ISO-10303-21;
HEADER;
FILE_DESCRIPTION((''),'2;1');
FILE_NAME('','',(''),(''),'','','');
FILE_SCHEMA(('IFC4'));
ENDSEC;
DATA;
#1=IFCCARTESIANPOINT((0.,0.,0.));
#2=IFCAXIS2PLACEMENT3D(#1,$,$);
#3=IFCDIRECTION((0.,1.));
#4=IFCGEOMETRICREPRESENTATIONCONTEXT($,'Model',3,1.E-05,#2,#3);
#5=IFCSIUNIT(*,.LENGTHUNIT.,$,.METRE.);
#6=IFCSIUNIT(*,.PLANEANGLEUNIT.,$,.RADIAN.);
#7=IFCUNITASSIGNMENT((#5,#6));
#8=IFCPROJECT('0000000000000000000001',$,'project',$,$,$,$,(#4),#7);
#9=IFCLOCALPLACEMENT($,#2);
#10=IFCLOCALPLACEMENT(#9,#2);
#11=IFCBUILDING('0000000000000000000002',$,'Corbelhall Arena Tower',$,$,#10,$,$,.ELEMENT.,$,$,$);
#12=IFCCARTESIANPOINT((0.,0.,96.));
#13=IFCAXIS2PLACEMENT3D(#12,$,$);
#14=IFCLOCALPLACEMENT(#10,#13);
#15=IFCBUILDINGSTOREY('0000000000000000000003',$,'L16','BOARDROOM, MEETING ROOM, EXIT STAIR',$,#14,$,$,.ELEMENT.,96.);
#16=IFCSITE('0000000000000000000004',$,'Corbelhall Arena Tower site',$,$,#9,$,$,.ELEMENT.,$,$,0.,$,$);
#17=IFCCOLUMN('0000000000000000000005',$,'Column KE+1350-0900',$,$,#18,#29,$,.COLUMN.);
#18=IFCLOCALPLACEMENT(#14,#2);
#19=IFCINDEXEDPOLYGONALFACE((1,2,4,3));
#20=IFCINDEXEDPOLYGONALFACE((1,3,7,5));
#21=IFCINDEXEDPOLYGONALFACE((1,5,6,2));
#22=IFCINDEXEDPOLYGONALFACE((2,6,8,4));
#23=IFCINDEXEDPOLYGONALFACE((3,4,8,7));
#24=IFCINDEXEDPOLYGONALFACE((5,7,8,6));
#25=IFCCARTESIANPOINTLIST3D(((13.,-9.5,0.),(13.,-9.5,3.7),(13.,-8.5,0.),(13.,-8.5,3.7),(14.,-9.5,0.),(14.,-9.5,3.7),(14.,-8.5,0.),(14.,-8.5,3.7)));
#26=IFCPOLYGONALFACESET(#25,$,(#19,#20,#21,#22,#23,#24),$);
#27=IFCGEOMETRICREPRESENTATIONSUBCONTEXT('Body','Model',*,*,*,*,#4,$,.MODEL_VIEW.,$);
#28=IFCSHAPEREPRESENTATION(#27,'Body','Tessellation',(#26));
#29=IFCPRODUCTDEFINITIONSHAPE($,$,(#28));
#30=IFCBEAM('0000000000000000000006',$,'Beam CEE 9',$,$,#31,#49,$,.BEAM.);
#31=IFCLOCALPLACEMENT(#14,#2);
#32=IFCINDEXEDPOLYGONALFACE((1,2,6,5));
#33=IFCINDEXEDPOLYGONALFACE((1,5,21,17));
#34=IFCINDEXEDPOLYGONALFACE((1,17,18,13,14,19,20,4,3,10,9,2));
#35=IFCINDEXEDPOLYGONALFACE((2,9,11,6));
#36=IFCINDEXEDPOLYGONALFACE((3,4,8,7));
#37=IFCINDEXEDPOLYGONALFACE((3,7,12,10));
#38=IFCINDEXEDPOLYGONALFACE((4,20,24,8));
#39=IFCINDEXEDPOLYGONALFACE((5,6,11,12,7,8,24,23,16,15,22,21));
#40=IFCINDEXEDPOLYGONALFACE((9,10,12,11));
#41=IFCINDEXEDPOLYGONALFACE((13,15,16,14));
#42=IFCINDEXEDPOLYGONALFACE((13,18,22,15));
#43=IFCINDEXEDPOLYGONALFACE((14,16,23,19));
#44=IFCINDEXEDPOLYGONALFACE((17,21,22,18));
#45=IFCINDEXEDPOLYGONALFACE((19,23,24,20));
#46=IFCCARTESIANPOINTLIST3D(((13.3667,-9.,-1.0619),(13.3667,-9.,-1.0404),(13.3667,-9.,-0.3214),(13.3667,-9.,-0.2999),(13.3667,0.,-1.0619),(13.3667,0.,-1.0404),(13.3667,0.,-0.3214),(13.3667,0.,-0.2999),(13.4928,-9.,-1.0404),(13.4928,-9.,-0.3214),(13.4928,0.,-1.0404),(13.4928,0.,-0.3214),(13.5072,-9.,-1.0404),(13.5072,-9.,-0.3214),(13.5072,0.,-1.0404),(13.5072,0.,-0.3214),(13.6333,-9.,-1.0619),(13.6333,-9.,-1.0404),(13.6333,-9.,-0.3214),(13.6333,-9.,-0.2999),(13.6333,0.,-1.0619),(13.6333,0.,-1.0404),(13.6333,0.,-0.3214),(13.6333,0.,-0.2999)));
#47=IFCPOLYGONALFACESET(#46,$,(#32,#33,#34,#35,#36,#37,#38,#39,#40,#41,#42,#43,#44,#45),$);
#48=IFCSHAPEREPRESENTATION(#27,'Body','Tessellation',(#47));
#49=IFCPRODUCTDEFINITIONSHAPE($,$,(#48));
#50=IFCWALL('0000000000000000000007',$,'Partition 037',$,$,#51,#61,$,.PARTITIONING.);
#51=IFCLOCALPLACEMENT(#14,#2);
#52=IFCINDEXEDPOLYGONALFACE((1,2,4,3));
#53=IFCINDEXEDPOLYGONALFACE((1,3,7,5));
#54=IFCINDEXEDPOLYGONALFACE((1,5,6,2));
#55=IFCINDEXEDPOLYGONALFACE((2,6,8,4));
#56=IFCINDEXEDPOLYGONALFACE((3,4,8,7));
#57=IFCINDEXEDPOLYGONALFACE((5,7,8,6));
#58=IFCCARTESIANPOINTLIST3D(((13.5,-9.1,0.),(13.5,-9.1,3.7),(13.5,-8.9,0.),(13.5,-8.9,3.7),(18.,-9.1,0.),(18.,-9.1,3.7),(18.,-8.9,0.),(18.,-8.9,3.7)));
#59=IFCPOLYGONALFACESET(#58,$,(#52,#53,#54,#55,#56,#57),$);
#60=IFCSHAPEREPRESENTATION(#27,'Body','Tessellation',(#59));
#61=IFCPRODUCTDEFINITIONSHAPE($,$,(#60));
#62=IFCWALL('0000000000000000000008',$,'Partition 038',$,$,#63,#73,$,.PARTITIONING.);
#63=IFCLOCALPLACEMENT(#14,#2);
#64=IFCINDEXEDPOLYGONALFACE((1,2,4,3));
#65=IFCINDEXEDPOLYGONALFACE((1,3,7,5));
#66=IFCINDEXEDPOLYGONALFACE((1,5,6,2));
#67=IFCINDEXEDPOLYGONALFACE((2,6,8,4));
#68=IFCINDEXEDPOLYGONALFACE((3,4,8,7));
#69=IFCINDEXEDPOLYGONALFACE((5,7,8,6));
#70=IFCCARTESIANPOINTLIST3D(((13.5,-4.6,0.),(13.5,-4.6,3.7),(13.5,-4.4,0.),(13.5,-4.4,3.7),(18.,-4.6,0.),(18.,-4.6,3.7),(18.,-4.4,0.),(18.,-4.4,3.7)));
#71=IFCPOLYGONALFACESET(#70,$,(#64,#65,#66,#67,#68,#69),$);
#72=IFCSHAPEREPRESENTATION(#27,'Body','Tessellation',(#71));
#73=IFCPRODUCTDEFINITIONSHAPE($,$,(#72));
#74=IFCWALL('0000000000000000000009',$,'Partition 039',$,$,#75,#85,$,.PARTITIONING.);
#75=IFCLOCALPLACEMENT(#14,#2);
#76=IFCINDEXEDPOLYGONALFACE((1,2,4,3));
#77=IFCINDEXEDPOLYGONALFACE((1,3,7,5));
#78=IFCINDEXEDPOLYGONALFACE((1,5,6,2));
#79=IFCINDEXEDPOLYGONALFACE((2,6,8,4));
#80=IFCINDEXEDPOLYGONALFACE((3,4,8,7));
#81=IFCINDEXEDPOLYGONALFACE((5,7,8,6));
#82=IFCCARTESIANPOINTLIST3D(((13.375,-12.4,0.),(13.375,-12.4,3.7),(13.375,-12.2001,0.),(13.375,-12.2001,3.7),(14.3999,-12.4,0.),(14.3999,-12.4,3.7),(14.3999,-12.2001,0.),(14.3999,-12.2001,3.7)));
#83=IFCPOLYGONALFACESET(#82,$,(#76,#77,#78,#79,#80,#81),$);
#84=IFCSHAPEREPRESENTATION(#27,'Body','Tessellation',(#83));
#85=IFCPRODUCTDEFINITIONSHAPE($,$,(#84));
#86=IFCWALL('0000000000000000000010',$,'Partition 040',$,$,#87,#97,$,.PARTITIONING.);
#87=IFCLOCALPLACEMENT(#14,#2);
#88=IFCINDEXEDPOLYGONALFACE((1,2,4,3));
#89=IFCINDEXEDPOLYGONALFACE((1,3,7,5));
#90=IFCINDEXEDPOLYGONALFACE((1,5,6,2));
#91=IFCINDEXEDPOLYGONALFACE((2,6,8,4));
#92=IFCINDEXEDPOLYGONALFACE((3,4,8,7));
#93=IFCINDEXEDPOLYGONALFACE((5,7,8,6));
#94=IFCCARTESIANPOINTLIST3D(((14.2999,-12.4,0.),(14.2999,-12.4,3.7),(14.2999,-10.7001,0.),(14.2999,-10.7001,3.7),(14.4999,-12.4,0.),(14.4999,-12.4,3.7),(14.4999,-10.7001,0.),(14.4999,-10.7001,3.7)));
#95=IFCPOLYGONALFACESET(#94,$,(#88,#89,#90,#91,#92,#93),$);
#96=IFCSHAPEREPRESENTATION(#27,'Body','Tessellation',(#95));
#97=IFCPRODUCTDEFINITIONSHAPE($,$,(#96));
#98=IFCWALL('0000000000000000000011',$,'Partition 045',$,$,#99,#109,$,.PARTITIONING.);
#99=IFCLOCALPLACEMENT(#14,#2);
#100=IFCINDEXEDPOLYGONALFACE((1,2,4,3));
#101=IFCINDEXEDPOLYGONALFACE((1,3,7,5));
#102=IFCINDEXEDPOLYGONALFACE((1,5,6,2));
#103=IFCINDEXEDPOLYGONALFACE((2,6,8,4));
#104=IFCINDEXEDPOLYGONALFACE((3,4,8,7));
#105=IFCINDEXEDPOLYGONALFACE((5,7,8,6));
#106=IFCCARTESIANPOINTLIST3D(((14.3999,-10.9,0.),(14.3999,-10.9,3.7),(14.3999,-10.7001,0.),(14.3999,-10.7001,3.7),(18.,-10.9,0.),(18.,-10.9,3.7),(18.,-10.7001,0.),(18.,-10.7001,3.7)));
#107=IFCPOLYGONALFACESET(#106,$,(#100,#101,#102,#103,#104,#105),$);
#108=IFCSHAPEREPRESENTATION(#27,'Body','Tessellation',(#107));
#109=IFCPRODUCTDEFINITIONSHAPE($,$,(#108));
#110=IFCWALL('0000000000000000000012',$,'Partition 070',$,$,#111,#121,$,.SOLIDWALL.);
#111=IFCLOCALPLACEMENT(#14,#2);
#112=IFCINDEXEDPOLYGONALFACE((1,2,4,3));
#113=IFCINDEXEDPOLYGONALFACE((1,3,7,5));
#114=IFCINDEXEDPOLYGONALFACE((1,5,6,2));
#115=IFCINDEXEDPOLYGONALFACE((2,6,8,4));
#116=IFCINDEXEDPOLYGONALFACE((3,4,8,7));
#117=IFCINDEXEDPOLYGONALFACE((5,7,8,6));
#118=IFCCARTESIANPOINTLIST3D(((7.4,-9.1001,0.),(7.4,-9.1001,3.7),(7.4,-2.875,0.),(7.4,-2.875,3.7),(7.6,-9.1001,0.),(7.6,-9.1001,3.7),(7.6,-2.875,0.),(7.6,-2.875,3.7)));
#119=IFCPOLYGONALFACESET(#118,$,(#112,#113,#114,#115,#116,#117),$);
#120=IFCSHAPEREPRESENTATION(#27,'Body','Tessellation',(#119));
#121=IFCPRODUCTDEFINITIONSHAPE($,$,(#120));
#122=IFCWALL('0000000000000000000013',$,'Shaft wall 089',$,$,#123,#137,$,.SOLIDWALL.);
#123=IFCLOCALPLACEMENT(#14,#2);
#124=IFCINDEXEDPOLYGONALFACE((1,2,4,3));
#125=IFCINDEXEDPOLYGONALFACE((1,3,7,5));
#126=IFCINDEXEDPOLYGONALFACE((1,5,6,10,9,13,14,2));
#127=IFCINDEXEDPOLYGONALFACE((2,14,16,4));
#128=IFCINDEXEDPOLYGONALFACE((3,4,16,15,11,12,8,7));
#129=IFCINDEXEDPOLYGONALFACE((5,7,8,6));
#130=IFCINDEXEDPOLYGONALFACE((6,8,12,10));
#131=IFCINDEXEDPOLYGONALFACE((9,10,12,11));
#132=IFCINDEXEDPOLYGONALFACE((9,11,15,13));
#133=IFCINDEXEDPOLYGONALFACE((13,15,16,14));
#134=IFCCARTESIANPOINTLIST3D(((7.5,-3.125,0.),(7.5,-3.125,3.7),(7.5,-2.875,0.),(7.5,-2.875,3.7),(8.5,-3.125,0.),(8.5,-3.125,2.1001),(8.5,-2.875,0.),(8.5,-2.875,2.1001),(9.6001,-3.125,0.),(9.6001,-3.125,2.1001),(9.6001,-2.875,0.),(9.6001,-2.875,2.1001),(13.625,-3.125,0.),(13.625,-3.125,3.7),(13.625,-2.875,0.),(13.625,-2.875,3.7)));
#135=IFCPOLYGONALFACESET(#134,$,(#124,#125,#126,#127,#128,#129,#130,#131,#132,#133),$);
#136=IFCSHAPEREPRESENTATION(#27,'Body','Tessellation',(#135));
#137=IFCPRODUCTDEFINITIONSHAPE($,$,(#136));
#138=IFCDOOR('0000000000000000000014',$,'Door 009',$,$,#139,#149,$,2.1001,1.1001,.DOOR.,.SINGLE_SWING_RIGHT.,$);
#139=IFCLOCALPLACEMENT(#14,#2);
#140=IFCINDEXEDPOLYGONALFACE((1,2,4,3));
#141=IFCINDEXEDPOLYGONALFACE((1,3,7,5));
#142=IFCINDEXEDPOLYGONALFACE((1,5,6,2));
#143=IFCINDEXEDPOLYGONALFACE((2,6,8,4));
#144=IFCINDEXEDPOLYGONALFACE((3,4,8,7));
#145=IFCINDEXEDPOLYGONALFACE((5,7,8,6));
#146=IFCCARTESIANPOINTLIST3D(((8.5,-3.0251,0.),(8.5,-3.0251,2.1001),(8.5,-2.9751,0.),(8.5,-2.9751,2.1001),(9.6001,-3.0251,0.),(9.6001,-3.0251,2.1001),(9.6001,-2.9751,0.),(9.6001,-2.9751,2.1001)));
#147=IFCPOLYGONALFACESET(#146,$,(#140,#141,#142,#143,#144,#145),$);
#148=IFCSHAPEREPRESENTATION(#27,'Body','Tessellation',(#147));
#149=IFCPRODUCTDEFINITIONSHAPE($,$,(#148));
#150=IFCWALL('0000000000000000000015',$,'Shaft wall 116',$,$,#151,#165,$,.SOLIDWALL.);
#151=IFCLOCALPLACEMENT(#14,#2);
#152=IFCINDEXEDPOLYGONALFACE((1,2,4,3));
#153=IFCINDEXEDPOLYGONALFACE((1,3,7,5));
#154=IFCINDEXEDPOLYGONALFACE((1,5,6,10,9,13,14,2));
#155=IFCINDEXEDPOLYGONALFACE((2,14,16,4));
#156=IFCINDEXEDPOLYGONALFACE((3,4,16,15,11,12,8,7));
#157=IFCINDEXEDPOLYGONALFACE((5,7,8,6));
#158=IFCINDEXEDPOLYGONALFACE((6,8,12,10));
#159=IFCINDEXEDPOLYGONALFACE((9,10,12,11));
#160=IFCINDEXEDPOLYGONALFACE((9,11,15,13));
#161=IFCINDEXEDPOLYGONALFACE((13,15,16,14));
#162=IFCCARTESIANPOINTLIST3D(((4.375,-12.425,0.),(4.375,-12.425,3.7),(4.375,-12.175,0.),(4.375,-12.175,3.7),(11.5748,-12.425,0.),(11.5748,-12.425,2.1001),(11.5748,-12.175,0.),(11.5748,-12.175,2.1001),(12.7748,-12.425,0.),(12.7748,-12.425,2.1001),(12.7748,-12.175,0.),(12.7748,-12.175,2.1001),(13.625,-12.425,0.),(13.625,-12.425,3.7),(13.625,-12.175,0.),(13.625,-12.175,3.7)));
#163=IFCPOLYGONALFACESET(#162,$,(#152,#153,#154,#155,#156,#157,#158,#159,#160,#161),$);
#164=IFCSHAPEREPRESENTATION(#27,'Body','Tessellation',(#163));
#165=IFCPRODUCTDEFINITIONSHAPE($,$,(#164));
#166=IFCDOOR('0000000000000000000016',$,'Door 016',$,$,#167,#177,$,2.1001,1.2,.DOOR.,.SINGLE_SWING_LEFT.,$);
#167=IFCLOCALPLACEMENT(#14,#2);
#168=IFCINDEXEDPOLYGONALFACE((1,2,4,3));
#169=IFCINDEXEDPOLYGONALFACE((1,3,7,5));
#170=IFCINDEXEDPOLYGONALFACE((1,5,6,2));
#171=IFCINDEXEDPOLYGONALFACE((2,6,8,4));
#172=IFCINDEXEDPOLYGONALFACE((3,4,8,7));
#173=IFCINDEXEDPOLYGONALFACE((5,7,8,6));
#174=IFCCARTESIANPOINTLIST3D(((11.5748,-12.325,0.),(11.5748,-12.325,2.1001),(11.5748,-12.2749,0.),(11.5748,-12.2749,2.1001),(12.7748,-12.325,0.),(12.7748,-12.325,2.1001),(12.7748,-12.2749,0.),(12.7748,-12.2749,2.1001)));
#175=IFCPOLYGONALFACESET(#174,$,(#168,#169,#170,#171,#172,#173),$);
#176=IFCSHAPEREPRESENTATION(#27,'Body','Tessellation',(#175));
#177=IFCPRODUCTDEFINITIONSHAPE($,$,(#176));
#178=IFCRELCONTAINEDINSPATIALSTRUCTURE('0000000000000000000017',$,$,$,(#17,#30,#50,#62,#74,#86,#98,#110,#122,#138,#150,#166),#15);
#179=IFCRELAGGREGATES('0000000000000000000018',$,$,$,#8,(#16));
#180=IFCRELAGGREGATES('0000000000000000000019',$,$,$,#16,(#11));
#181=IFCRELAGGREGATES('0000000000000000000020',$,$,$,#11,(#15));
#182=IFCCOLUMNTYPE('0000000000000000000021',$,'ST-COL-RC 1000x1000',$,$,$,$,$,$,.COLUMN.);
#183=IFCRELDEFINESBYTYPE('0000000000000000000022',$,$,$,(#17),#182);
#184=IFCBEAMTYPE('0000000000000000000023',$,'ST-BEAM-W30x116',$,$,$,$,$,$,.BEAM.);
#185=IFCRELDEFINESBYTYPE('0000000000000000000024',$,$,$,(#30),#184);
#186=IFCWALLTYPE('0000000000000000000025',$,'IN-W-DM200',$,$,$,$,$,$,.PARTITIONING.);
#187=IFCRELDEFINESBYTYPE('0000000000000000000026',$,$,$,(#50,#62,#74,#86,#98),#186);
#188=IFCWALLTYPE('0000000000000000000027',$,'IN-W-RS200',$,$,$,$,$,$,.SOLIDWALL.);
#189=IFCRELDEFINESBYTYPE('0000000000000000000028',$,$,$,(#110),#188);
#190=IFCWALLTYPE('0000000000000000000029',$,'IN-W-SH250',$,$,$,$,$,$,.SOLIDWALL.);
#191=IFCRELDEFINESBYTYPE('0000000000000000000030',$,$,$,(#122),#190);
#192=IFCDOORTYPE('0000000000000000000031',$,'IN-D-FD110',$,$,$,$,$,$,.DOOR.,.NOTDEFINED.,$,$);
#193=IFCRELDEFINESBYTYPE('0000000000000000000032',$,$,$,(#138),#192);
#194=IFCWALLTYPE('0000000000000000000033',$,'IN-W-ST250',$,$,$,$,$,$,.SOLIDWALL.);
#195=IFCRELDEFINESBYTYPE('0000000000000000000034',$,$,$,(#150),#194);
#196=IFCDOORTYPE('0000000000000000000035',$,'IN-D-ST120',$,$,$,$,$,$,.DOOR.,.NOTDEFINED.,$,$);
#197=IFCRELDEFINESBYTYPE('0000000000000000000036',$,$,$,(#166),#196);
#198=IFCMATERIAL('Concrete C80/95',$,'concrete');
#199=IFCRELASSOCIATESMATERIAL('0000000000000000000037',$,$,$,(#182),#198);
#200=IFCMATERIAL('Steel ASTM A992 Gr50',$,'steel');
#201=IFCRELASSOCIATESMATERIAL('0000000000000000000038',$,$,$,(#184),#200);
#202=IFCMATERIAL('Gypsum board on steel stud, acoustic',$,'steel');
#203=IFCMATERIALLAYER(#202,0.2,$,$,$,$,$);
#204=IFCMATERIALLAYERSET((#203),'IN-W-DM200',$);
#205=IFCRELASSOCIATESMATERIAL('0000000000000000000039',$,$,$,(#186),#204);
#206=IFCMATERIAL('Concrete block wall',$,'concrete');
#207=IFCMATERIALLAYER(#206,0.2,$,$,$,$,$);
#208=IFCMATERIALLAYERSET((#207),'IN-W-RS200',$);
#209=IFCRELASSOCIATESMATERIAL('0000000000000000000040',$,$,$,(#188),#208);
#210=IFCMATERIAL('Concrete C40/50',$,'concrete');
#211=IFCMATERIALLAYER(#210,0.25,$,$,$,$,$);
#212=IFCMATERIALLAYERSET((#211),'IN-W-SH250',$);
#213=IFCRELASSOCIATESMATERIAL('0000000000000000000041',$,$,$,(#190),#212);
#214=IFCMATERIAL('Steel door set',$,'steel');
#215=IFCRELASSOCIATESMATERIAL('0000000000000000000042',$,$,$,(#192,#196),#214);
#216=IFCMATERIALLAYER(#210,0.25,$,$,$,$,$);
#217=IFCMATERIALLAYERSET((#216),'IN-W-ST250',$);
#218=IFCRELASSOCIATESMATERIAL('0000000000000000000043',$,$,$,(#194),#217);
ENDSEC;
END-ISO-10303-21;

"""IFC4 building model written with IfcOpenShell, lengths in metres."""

from ifc_helpers import new_model, si_unit, direction, frame, frame_2d, origin, origin_2d, place, context, subcontext, project, spatial, rectangle, i_section, extrude, material, layer, layer_set, material_profile, profile_set, type_object, element, fill, save


model = new_model("IFC4")

# Units and contexts
model_context = context("Model", 3, precision=1e-05, world=origin(), true_north=direction((0.0, 1.0)))
body_context = subcontext(model_context, "Body", "Model", "MODEL_VIEW")
ifc_project = project(units=[si_unit("LENGTHUNIT", "METRE"), si_unit("PLANEANGLEUNIT", "RADIAN")], contexts=[model_context])

# Site, building, storey
site_placement = place(None, origin())
site = spatial("IfcSite", under=ifc_project, at=site_placement, Name="Corbelhall Arena Tower site", CompositionType="ELEMENT", RefElevation=0.0)
building_placement = place(site_placement, origin())
building = spatial("IfcBuilding", under=site, at=building_placement, Name="Corbelhall Arena Tower", CompositionType="ELEMENT")
storey_placement = place(building_placement, frame((0.0, 0.0, 96.0)))
storey = spatial("IfcBuildingStorey", under=building, at=storey_placement, Name="L16", Description="BOARDROOM, MEETING ROOM, EXIT STAIR", CompositionType="ELEMENT", Elevation=96.0)

# Column
ifc_material_1 = material(Name="Concrete C80/95", Category="concrete")
ifc_material_profile_1 = material_profile(ifc_material_1, rectangle(XDim=1.0, YDim=1.0, at=origin_2d()))
ifc_profile_set_1 = profile_set([ifc_material_profile_1], Name="Concrete C80/95")
column_type = type_object("IfcColumnType", Name="ST-COL-RC 1000x1000", PredefinedType="COLUMN", material=ifc_profile_set_1)
column_placement = place(storey_placement, frame((13.5, -9.0, 0.0), z_axis=(0.0, 0.0, 1.0), x_axis=(1.0, 0.0, 0.0)))
element("IfcColumn", 1, at=column_placement, inside=storey, type_object=column_type, Name="Column KE+1350-0900", PredefinedType="COLUMN", context=body_context, shape_type="SweptSolid", body=[
    extrude(rectangle(XDim=1.0, YDim=1.0, at=origin_2d()), origin(), (0.0, 0.0, 1.0), 3.7),
])

# Beam
ifc_material_2 = material(Name="Steel ASTM A992 Gr50", Category="steel")
ifc_material_profile_2 = material_profile(ifc_material_2, i_section(OverallWidth=0.2666, OverallDepth=0.762, WebThickness=0.0144, FlangeThickness=0.0215, at=origin_2d()))
ifc_profile_set_2 = profile_set([ifc_material_profile_2], Name="Steel ASTM A992 Gr50")
beam_type = type_object("IfcBeamType", Name="ST-BEAM-W30x116", PredefinedType="BEAM", material=ifc_profile_set_2)
beam_placement = place(storey_placement, frame((13.5, -9.0, -0.6809), z_axis=(0.0, 1.0, 0.0), x_axis=(-1.0, 0.0, 0.0)))
element("IfcBeam", 2, at=beam_placement, inside=storey, type_object=beam_type, Name="Beam CEE 9", PredefinedType="BEAM", context=body_context, shape_type="SweptSolid", body=[
    extrude(i_section(OverallWidth=0.2666, OverallDepth=0.762, WebThickness=0.0144, FlangeThickness=0.0215, at=origin_2d()), origin(), (0.0, 0.0, 1.0), 9.0),
])

# Walls
ifc_material_3 = material(Name="Gypsum board on steel stud, acoustic", Category="steel")
ifc_layer_1 = layer(ifc_material_3, 0.2)
ifc_layer_set_1 = layer_set([ifc_layer_1], Name="IN-W-DM200")
wall_type_1 = type_object("IfcWallType", Name="IN-W-DM200", PredefinedType="PARTITIONING", material=ifc_layer_set_1)
for number, where, z_axis, x_axis, name in (
    (3, (13.5, -9.0, 0.0), (0.0, 0.0, 1.0), (1.0, 0.0, 0.0), "Partition 037"),
    (4, (13.5, -4.5, 0.0), (0.0, 0.0, 1.0), (1.0, 0.0, 0.0), "Partition 038"),
):
    element("IfcWall", number, at=place(storey_placement, frame(where, z_axis=z_axis, x_axis=x_axis)), inside=storey, type_object=wall_type_1, Name=name, PredefinedType="PARTITIONING", context=body_context, shape_type="SweptSolid", body=[
        extrude(rectangle(XDim=4.5, YDim=0.2, at=frame_2d((2.25, 0.0))), origin(), (0.0, 0.0, 1.0), 3.7),
    ])
wall_1_placement = place(storey_placement, frame((14.3999, -12.3, 0.0), z_axis=(0.0, 0.0, 1.0), x_axis=(-1.0, 0.0, 0.0)))
element("IfcWall", 5, at=wall_1_placement, inside=storey, type_object=wall_type_1, Name="Partition 039", PredefinedType="PARTITIONING", context=body_context, shape_type="SweptSolid", body=[
    extrude(rectangle(XDim=1.0249, YDim=0.2, at=frame_2d((0.5125, 0.0))), origin(), (0.0, 0.0, 1.0), 3.7),
])
wall_2_placement = place(storey_placement, frame((14.3999, -10.7, 0.0), z_axis=(0.0, 0.0, 1.0), x_axis=(0.0, -1.0, 0.0)))
element("IfcWall", 6, at=wall_2_placement, inside=storey, type_object=wall_type_1, Name="Partition 040", PredefinedType="PARTITIONING", context=body_context, shape_type="SweptSolid", body=[
    extrude(rectangle(XDim=1.7, YDim=0.2, at=frame_2d((0.8501, 0.0))), origin(), (0.0, 0.0, 1.0), 3.7),
])
wall_3_placement = place(storey_placement, frame((18.0, -10.8, 0.0), z_axis=(0.0, 0.0, 1.0), x_axis=(-1.0, 0.0, 0.0)))
element("IfcWall", 7, at=wall_3_placement, inside=storey, type_object=wall_type_1, Name="Partition 045", PredefinedType="PARTITIONING", context=body_context, shape_type="SweptSolid", body=[
    extrude(rectangle(XDim=3.6001, YDim=0.2, at=frame_2d((1.8, 0.0))), origin(), (0.0, 0.0, 1.0), 3.7),
])

# Shared definitions
ifc_material_4 = material(Name="Steel door set", Category="steel")

# Wall
ifc_material_5 = material(Name="Concrete block wall", Category="concrete")
ifc_layer_2 = layer(ifc_material_5, 0.2)
ifc_layer_set_2 = layer_set([ifc_layer_2], Name="IN-W-RS200")
wall_type_2 = type_object("IfcWallType", Name="IN-W-RS200", PredefinedType="SOLIDWALL", material=ifc_layer_set_2)
wall_4_placement = place(storey_placement, frame((7.5, -2.875, 0.0), z_axis=(0.0, 0.0, 1.0), x_axis=(0.0, -1.0, 0.0)))
element("IfcWall", 8, at=wall_4_placement, inside=storey, type_object=wall_type_2, Name="Partition 070", PredefinedType="SOLIDWALL", context=body_context, shape_type="SweptSolid", body=[
    extrude(rectangle(XDim=6.2251, YDim=0.2, at=frame_2d((3.1125, 0.0))), origin(), (0.0, 0.0, 1.0), 3.7),
])

# Walls, openings, doors
ifc_material_6 = material(Name="Concrete C40/50", Category="concrete")
ifc_layer_3 = layer(ifc_material_6, 0.25)
ifc_layer_set_3 = layer_set([ifc_layer_3], Name="IN-W-SH250")
wall_type_3 = type_object("IfcWallType", Name="IN-W-SH250", PredefinedType="SOLIDWALL", material=ifc_layer_set_3)
wall_5_placement = place(storey_placement, frame((7.5, -3.0, 0.0), z_axis=(0.0, 0.0, 1.0), x_axis=(1.0, 0.0, 0.0)))
wall_5 = element("IfcWall", 9, at=wall_5_placement, inside=storey, type_object=wall_type_3, Name="Shaft wall 089", PredefinedType="SOLIDWALL", context=body_context, shape_type="SweptSolid", body=[
    extrude(rectangle(XDim=6.125, YDim=0.25, at=frame_2d((3.0625, 0.0))), origin(), (0.0, 0.0, 1.0), 3.7),
])
opening_1_placement = place(wall_5_placement, frame((1.0, 0.0, 0.0)))
opening_1 = element("IfcOpeningElement", 10, at=opening_1_placement, cuts=wall_5, PredefinedType="OPENING", context=body_context, shape_type="SweptSolid", body=[
    extrude(rectangle(XDim=1.1001, YDim=2.1001, at=frame_2d((0.55, 1.05))), frame((0.0, 0.125, 0.0), z_axis=(0.0, -1.0, 0.0), x_axis=(1.0, 0.0, 0.0)), (0.0, 0.0, 1.0), 0.25),
])
door_type_1 = type_object("IfcDoorType", Name="IN-D-FD110", OperationType="NOTDEFINED", PredefinedType="DOOR", material=ifc_material_4)
door_1_placement = place(opening_1_placement, origin())
door_1 = element("IfcDoor", 11, at=door_1_placement, inside=storey, type_object=door_type_1, Name="Door 009", OperationType="SINGLE_SWING_RIGHT", OverallHeight=2.1001, OverallWidth=1.1001, PredefinedType="DOOR", context=body_context, shape_type="SweptSolid", body=[
    extrude(rectangle(XDim=1.1001, YDim=2.1001, at=frame_2d((0.55, 1.05))), frame((0.0, 0.0249, 0.0), z_axis=(0.0, -1.0, 0.0), x_axis=(1.0, 0.0, 0.0)), (0.0, 0.0, 1.0), 0.05),
])
fill(opening_1, door_1)
ifc_layer_4 = layer(ifc_material_6, 0.25)
ifc_layer_set_4 = layer_set([ifc_layer_4], Name="IN-W-ST250")
wall_type_4 = type_object("IfcWallType", Name="IN-W-ST250", PredefinedType="SOLIDWALL", material=ifc_layer_set_4)
wall_6_placement = place(storey_placement, frame((13.625, -12.3, 0.0), z_axis=(0.0, 0.0, 1.0), x_axis=(-1.0, 0.0, 0.0)))
wall_6 = element("IfcWall", 12, at=wall_6_placement, inside=storey, type_object=wall_type_4, Name="Shaft wall 116", PredefinedType="SOLIDWALL", context=body_context, shape_type="SweptSolid", body=[
    extrude(rectangle(XDim=9.25, YDim=0.25, at=frame_2d((4.625, 0.0))), origin(), (0.0, 0.0, 1.0), 3.7),
])
opening_2_placement = place(wall_6_placement, frame((0.8501, 0.0, 0.0)))
opening_2 = element("IfcOpeningElement", 13, at=opening_2_placement, cuts=wall_6, PredefinedType="OPENING", context=body_context, shape_type="SweptSolid", body=[
    extrude(rectangle(XDim=1.2, YDim=2.1001, at=frame_2d((0.6001, 1.05))), frame((0.0, 0.125, 0.0), z_axis=(0.0, -1.0, 0.0), x_axis=(1.0, 0.0, 0.0)), (0.0, 0.0, 1.0), 0.25),
])
door_type_2 = type_object("IfcDoorType", Name="IN-D-ST120", OperationType="NOTDEFINED", PredefinedType="DOOR", material=ifc_material_4)
door_2_placement = place(opening_2_placement, origin())
door_2 = element("IfcDoor", 14, at=door_2_placement, inside=storey, type_object=door_type_2, Name="Door 016", OperationType="SINGLE_SWING_LEFT", OverallHeight=2.1001, OverallWidth=1.2, PredefinedType="DOOR", context=body_context, shape_type="SweptSolid", body=[
    extrude(rectangle(XDim=1.2, YDim=2.1001, at=frame_2d((0.6001, 1.05))), frame((0.0, 0.0249, 0.0), z_axis=(0.0, -1.0, 0.0), x_axis=(1.0, 0.0, 0.0)), (0.0, 0.0, 1.0), 0.05),
])
fill(opening_2, door_2)

save(model, "model.ifc")
